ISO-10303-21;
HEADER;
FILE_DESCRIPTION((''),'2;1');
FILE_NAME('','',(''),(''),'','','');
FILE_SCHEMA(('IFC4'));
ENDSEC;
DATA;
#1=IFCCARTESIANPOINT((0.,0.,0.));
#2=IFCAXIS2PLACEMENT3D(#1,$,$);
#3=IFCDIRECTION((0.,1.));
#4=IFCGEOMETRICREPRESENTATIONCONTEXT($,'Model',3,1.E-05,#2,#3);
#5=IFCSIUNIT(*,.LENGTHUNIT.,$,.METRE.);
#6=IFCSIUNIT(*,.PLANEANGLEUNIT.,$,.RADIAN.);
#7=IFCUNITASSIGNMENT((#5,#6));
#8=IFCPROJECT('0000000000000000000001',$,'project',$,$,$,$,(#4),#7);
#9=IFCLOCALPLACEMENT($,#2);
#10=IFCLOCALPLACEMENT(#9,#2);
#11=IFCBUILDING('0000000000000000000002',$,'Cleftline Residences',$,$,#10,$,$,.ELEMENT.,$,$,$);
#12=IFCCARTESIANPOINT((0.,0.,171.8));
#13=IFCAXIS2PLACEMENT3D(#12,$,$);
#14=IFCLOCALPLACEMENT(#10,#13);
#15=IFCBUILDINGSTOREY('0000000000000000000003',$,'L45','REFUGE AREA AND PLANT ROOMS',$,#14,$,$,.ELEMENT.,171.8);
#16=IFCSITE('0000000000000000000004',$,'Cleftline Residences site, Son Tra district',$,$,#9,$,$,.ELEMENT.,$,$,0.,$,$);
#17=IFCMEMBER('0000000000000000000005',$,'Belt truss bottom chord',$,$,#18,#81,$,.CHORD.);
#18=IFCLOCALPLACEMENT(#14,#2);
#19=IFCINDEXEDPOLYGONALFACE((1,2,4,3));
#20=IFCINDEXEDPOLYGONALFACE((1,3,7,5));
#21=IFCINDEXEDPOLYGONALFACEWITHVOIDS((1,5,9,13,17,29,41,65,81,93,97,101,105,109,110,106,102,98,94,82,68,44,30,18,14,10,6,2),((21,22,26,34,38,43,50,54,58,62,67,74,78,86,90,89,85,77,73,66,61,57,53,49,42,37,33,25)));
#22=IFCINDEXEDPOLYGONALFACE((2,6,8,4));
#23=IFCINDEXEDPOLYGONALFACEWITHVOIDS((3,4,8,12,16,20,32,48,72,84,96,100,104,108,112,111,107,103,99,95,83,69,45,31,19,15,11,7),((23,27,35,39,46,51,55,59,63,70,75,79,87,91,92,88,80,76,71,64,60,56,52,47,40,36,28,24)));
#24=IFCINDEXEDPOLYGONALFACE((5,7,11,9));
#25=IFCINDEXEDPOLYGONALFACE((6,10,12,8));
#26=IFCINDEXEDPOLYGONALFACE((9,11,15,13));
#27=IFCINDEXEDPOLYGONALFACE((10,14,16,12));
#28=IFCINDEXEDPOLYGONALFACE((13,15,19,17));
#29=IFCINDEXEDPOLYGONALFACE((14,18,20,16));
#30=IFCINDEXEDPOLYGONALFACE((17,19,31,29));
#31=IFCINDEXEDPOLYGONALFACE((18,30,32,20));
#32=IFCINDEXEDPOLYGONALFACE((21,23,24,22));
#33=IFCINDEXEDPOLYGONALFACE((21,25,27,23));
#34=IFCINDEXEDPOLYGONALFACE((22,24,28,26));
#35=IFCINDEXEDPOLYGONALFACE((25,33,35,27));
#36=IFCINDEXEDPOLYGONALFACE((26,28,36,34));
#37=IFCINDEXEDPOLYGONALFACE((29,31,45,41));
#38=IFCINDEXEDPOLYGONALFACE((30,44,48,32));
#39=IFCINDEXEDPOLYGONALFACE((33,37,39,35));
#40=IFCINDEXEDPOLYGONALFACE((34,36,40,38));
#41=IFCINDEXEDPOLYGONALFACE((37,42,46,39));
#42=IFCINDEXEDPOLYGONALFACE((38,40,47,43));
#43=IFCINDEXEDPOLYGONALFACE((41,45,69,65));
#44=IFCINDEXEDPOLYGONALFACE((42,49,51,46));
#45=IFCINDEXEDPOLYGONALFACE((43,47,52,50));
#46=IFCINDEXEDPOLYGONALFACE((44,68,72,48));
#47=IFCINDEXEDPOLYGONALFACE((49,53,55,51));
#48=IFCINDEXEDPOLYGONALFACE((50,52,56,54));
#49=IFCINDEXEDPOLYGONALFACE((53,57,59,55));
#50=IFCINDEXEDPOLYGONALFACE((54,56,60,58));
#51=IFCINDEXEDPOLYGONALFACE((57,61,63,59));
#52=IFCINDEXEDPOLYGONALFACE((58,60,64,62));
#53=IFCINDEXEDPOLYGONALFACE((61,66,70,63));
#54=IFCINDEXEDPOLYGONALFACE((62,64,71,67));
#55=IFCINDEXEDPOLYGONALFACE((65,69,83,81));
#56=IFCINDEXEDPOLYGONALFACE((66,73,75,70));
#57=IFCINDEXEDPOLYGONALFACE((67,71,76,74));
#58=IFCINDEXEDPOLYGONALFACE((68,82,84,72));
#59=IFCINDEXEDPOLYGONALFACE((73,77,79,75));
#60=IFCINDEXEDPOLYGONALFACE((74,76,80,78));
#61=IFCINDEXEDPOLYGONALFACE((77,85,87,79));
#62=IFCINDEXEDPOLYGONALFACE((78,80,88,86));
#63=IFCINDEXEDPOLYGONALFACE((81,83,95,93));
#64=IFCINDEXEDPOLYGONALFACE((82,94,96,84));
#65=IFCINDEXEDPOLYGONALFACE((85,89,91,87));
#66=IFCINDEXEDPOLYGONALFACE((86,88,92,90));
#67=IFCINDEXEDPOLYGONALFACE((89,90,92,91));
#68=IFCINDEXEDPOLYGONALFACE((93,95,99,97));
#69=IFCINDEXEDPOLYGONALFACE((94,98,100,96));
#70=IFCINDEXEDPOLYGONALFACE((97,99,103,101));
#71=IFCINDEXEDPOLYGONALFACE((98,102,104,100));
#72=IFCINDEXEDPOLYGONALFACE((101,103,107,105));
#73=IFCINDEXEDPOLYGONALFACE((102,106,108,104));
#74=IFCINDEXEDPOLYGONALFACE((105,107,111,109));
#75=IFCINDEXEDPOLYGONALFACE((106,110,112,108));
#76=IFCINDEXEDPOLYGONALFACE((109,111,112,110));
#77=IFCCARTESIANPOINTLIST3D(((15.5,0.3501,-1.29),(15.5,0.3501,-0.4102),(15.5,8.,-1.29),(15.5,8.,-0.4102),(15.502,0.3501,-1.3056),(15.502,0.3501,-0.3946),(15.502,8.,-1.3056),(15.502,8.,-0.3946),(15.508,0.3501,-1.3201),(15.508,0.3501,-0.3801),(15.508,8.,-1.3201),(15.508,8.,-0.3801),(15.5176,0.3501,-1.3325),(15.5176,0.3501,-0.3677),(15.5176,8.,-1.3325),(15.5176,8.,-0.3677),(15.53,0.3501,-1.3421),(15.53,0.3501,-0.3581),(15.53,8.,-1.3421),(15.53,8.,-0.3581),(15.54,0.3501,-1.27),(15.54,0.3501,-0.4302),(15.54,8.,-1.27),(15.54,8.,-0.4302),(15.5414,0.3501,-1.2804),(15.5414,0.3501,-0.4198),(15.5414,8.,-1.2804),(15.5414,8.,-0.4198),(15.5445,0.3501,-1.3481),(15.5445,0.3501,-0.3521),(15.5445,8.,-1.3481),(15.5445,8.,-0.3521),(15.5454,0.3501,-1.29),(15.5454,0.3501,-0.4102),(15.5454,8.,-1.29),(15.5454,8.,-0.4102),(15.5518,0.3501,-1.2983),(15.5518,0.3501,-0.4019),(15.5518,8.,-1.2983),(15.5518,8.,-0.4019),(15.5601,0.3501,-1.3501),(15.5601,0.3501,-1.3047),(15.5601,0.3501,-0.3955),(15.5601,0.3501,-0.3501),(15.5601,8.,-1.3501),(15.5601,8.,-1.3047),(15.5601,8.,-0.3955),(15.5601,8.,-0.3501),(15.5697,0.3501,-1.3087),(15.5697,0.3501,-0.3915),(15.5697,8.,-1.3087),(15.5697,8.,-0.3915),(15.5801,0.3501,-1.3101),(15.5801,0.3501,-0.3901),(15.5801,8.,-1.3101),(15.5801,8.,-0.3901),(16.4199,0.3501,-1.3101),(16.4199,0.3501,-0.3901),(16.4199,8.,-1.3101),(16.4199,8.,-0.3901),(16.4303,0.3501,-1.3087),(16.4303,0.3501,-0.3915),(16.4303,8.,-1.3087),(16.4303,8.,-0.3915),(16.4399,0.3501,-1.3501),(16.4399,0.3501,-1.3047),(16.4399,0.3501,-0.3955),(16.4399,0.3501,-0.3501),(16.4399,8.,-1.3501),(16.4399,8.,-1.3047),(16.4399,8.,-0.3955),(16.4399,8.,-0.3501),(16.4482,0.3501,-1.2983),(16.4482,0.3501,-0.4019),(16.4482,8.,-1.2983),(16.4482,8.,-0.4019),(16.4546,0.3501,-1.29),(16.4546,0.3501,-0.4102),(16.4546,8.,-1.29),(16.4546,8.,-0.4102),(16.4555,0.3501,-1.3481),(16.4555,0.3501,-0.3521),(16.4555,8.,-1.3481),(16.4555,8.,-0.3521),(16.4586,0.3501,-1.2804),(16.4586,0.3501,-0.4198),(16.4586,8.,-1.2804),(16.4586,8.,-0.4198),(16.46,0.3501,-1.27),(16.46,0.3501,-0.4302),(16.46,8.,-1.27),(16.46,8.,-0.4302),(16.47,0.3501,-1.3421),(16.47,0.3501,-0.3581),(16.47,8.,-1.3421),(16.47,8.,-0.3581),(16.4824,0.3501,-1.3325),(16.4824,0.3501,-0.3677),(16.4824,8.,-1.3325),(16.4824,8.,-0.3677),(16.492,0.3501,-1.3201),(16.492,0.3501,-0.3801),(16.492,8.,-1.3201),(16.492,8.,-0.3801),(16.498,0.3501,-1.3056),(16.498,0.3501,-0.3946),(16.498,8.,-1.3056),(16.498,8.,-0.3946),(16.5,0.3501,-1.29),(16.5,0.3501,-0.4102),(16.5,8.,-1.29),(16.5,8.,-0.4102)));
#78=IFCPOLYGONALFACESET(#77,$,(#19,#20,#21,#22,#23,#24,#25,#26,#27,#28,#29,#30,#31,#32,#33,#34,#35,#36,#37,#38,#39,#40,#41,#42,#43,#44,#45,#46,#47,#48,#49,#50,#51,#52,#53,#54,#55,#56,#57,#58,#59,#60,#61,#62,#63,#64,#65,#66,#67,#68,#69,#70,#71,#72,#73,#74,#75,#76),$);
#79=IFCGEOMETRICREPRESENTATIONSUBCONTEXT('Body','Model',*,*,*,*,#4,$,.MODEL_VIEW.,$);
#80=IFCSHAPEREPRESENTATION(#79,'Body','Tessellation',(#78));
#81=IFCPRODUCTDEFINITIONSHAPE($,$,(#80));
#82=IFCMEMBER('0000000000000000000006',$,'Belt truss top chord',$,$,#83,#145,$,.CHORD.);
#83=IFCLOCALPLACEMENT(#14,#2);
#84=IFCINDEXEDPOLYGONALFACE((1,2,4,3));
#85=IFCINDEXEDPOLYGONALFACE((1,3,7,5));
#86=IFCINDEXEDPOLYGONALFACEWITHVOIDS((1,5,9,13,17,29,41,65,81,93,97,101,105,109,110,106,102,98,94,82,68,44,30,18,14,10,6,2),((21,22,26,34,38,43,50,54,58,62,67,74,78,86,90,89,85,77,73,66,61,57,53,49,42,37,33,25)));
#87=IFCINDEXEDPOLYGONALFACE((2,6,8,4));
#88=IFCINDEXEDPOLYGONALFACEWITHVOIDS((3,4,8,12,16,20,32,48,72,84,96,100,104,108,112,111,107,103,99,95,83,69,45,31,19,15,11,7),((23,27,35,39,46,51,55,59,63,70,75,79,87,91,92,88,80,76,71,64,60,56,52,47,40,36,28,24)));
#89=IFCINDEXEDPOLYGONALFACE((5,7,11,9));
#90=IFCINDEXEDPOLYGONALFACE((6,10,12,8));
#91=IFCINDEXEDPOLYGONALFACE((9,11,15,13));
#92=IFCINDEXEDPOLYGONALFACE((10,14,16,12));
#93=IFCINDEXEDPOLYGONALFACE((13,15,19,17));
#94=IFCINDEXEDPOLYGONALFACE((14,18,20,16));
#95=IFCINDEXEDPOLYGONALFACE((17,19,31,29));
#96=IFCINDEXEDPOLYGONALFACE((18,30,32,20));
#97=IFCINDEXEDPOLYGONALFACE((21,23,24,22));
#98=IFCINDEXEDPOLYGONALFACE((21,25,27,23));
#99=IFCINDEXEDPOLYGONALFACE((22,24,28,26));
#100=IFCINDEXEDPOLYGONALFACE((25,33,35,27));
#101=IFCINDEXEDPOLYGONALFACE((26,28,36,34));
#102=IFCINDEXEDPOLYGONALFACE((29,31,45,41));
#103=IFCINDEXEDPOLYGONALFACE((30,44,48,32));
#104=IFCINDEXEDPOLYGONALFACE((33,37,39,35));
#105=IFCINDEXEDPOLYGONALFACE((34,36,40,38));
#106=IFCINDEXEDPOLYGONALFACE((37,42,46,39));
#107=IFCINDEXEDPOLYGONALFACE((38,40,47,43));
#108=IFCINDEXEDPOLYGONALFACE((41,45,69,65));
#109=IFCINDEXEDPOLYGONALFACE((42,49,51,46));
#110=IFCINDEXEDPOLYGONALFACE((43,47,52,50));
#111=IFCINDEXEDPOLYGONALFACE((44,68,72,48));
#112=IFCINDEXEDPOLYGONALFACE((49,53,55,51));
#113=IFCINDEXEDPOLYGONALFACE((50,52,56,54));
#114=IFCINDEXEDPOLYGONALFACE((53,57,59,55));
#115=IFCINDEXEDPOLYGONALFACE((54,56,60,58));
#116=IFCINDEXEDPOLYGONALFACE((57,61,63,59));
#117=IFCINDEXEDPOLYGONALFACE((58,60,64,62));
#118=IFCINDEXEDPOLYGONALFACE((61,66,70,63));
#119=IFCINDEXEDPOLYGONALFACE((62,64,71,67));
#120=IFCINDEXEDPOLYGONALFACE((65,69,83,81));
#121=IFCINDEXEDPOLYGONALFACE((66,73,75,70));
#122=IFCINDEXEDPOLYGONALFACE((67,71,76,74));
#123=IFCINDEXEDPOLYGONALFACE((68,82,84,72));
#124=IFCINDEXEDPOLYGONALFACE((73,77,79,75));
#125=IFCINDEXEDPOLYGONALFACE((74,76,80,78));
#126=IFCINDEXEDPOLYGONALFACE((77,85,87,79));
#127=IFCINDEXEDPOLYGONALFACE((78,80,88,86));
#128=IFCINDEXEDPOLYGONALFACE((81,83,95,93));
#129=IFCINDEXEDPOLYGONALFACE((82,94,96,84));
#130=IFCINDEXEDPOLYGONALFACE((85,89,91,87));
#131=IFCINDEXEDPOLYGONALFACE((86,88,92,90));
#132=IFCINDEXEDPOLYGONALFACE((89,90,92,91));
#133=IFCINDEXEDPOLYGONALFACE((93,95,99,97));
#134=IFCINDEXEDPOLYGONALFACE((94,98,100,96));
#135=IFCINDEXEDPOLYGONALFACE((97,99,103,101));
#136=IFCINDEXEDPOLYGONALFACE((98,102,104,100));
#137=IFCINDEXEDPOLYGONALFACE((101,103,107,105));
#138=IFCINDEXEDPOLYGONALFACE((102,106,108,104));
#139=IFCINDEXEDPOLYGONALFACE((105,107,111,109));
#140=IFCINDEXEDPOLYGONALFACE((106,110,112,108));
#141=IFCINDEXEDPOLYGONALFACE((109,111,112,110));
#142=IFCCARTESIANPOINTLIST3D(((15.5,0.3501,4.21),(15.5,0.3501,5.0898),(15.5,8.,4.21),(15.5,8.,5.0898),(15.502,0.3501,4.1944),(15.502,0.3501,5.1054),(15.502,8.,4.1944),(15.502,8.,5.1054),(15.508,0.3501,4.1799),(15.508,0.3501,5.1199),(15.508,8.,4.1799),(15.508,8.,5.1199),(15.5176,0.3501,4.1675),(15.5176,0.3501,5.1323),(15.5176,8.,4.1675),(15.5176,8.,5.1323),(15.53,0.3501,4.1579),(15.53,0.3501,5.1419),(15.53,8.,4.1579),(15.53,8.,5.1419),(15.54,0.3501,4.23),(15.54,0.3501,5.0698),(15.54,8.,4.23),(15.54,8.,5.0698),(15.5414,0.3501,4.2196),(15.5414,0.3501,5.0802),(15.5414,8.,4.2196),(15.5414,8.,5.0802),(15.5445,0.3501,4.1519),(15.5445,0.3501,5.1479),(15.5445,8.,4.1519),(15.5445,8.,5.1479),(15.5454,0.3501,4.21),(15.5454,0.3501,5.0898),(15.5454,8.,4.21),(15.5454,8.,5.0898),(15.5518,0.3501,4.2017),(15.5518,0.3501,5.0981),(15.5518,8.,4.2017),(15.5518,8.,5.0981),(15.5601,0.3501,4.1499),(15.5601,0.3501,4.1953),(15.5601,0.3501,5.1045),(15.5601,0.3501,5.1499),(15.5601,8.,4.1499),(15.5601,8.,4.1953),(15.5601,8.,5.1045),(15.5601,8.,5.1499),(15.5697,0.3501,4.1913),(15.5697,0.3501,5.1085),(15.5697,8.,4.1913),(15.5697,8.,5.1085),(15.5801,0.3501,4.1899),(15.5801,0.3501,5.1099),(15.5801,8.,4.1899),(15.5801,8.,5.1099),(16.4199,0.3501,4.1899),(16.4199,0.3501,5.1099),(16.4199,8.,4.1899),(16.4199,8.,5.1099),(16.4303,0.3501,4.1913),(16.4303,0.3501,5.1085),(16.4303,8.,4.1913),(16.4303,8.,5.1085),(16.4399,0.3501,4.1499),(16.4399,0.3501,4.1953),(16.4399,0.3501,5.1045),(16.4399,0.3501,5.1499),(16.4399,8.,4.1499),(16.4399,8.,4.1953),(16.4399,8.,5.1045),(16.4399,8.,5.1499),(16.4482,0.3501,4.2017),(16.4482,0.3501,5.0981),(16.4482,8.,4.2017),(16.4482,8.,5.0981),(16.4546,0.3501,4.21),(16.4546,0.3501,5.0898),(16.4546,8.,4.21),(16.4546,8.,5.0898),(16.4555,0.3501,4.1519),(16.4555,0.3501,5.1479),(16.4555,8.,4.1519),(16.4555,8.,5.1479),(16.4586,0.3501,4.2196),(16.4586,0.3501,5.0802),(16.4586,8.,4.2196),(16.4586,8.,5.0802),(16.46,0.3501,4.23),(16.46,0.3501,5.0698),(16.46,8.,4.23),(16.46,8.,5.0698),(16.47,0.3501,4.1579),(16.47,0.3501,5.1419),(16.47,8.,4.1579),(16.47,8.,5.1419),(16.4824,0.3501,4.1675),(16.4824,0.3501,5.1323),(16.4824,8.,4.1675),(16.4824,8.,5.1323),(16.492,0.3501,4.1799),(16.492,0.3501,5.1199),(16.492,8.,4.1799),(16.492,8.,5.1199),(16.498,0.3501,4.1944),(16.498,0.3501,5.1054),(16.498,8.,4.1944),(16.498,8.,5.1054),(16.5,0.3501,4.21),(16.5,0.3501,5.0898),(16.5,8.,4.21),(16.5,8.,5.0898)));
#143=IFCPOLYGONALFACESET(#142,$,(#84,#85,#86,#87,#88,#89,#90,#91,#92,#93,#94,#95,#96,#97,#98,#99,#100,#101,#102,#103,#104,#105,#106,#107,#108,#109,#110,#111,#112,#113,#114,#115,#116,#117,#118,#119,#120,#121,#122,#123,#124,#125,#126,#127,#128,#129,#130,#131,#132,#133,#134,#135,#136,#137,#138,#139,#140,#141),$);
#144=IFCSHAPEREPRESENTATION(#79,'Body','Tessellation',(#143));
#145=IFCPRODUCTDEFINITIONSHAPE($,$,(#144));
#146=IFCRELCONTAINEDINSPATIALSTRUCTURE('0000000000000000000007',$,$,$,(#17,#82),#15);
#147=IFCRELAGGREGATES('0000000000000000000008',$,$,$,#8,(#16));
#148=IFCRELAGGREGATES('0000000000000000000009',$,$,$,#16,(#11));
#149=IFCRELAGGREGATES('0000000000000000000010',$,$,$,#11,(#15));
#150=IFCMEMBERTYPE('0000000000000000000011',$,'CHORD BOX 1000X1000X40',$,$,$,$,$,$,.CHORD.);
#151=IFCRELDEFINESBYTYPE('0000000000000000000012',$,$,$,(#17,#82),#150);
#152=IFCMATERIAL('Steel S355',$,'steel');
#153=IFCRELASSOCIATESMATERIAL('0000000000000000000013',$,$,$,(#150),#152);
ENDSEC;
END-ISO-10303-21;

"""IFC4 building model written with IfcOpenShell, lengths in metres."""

from ifc_helpers import new_model, si_unit, direction, frame, origin, origin_2d, place, context, subcontext, project, spatial, hollow_rectangle, extrude, material, material_profile, profile_set, type_object, element, save


model = new_model("IFC4")

# Units and contexts
model_context = context("Model", 3, precision=1e-05, world=origin(), true_north=direction((0.0, 1.0)))
body_context = subcontext(model_context, "Body", "Model", "MODEL_VIEW")
ifc_project = project(units=[si_unit("LENGTHUNIT", "METRE"), si_unit("PLANEANGLEUNIT", "RADIAN")], contexts=[model_context])

# Site, building, storey
site_placement = place(None, origin())
site = spatial("IfcSite", under=ifc_project, at=site_placement, Name="Cleftline Residences site, Son Tra district", CompositionType="ELEMENT", RefElevation=0.0)
building_placement = place(site_placement, origin())
building = spatial("IfcBuilding", under=site, at=building_placement, Name="Cleftline Residences", CompositionType="ELEMENT")
storey_placement = place(building_placement, frame((0.0, 0.0, 171.8)))
storey = spatial("IfcBuildingStorey", under=building, at=storey_placement, Name="L45", Description="REFUGE AREA AND PLANT ROOMS", CompositionType="ELEMENT", Elevation=171.8)

# Members
ifc_material_1 = material(Name="Steel S355", Category="steel")
ifc_material_profile_1 = material_profile(ifc_material_1, hollow_rectangle(XDim=1.0, YDim=1.0, WallThickness=0.04, InnerFilletRadius=0.04, OuterFilletRadius=0.0601, at=origin_2d()))
ifc_profile_set_1 = profile_set([ifc_material_profile_1], Name="Steel S355")
member_type_1 = type_object("IfcMemberType", Name="CHORD BOX 1000X1000X40", PredefinedType="CHORD", material=ifc_profile_set_1)
for number, where, z_axis, x_axis, name in (
    (1, (16.0, 0.3501, -0.8501), (0.0, 1.0, 0.0), (-1.0, 0.0, 0.0), "Belt truss bottom chord"),
    (2, (16.0, 0.3501, 4.6499), (0.0, 1.0, 0.0), (-1.0, 0.0, 0.0), "Belt truss top chord"),
):
    element("IfcMember", number, at=place(storey_placement, frame(where, z_axis=z_axis, x_axis=x_axis)), inside=storey, type_object=member_type_1, Name=name, PredefinedType="CHORD", context=body_context, shape_type="SweptSolid", body=[
        extrude(hollow_rectangle(XDim=1.0, YDim=1.0, WallThickness=0.04, InnerFilletRadius=0.04, OuterFilletRadius=0.0601, at=origin_2d()), origin(), (0.0, 0.0, 1.0), 7.6499),
    ])

save(model, "model.ifc")
